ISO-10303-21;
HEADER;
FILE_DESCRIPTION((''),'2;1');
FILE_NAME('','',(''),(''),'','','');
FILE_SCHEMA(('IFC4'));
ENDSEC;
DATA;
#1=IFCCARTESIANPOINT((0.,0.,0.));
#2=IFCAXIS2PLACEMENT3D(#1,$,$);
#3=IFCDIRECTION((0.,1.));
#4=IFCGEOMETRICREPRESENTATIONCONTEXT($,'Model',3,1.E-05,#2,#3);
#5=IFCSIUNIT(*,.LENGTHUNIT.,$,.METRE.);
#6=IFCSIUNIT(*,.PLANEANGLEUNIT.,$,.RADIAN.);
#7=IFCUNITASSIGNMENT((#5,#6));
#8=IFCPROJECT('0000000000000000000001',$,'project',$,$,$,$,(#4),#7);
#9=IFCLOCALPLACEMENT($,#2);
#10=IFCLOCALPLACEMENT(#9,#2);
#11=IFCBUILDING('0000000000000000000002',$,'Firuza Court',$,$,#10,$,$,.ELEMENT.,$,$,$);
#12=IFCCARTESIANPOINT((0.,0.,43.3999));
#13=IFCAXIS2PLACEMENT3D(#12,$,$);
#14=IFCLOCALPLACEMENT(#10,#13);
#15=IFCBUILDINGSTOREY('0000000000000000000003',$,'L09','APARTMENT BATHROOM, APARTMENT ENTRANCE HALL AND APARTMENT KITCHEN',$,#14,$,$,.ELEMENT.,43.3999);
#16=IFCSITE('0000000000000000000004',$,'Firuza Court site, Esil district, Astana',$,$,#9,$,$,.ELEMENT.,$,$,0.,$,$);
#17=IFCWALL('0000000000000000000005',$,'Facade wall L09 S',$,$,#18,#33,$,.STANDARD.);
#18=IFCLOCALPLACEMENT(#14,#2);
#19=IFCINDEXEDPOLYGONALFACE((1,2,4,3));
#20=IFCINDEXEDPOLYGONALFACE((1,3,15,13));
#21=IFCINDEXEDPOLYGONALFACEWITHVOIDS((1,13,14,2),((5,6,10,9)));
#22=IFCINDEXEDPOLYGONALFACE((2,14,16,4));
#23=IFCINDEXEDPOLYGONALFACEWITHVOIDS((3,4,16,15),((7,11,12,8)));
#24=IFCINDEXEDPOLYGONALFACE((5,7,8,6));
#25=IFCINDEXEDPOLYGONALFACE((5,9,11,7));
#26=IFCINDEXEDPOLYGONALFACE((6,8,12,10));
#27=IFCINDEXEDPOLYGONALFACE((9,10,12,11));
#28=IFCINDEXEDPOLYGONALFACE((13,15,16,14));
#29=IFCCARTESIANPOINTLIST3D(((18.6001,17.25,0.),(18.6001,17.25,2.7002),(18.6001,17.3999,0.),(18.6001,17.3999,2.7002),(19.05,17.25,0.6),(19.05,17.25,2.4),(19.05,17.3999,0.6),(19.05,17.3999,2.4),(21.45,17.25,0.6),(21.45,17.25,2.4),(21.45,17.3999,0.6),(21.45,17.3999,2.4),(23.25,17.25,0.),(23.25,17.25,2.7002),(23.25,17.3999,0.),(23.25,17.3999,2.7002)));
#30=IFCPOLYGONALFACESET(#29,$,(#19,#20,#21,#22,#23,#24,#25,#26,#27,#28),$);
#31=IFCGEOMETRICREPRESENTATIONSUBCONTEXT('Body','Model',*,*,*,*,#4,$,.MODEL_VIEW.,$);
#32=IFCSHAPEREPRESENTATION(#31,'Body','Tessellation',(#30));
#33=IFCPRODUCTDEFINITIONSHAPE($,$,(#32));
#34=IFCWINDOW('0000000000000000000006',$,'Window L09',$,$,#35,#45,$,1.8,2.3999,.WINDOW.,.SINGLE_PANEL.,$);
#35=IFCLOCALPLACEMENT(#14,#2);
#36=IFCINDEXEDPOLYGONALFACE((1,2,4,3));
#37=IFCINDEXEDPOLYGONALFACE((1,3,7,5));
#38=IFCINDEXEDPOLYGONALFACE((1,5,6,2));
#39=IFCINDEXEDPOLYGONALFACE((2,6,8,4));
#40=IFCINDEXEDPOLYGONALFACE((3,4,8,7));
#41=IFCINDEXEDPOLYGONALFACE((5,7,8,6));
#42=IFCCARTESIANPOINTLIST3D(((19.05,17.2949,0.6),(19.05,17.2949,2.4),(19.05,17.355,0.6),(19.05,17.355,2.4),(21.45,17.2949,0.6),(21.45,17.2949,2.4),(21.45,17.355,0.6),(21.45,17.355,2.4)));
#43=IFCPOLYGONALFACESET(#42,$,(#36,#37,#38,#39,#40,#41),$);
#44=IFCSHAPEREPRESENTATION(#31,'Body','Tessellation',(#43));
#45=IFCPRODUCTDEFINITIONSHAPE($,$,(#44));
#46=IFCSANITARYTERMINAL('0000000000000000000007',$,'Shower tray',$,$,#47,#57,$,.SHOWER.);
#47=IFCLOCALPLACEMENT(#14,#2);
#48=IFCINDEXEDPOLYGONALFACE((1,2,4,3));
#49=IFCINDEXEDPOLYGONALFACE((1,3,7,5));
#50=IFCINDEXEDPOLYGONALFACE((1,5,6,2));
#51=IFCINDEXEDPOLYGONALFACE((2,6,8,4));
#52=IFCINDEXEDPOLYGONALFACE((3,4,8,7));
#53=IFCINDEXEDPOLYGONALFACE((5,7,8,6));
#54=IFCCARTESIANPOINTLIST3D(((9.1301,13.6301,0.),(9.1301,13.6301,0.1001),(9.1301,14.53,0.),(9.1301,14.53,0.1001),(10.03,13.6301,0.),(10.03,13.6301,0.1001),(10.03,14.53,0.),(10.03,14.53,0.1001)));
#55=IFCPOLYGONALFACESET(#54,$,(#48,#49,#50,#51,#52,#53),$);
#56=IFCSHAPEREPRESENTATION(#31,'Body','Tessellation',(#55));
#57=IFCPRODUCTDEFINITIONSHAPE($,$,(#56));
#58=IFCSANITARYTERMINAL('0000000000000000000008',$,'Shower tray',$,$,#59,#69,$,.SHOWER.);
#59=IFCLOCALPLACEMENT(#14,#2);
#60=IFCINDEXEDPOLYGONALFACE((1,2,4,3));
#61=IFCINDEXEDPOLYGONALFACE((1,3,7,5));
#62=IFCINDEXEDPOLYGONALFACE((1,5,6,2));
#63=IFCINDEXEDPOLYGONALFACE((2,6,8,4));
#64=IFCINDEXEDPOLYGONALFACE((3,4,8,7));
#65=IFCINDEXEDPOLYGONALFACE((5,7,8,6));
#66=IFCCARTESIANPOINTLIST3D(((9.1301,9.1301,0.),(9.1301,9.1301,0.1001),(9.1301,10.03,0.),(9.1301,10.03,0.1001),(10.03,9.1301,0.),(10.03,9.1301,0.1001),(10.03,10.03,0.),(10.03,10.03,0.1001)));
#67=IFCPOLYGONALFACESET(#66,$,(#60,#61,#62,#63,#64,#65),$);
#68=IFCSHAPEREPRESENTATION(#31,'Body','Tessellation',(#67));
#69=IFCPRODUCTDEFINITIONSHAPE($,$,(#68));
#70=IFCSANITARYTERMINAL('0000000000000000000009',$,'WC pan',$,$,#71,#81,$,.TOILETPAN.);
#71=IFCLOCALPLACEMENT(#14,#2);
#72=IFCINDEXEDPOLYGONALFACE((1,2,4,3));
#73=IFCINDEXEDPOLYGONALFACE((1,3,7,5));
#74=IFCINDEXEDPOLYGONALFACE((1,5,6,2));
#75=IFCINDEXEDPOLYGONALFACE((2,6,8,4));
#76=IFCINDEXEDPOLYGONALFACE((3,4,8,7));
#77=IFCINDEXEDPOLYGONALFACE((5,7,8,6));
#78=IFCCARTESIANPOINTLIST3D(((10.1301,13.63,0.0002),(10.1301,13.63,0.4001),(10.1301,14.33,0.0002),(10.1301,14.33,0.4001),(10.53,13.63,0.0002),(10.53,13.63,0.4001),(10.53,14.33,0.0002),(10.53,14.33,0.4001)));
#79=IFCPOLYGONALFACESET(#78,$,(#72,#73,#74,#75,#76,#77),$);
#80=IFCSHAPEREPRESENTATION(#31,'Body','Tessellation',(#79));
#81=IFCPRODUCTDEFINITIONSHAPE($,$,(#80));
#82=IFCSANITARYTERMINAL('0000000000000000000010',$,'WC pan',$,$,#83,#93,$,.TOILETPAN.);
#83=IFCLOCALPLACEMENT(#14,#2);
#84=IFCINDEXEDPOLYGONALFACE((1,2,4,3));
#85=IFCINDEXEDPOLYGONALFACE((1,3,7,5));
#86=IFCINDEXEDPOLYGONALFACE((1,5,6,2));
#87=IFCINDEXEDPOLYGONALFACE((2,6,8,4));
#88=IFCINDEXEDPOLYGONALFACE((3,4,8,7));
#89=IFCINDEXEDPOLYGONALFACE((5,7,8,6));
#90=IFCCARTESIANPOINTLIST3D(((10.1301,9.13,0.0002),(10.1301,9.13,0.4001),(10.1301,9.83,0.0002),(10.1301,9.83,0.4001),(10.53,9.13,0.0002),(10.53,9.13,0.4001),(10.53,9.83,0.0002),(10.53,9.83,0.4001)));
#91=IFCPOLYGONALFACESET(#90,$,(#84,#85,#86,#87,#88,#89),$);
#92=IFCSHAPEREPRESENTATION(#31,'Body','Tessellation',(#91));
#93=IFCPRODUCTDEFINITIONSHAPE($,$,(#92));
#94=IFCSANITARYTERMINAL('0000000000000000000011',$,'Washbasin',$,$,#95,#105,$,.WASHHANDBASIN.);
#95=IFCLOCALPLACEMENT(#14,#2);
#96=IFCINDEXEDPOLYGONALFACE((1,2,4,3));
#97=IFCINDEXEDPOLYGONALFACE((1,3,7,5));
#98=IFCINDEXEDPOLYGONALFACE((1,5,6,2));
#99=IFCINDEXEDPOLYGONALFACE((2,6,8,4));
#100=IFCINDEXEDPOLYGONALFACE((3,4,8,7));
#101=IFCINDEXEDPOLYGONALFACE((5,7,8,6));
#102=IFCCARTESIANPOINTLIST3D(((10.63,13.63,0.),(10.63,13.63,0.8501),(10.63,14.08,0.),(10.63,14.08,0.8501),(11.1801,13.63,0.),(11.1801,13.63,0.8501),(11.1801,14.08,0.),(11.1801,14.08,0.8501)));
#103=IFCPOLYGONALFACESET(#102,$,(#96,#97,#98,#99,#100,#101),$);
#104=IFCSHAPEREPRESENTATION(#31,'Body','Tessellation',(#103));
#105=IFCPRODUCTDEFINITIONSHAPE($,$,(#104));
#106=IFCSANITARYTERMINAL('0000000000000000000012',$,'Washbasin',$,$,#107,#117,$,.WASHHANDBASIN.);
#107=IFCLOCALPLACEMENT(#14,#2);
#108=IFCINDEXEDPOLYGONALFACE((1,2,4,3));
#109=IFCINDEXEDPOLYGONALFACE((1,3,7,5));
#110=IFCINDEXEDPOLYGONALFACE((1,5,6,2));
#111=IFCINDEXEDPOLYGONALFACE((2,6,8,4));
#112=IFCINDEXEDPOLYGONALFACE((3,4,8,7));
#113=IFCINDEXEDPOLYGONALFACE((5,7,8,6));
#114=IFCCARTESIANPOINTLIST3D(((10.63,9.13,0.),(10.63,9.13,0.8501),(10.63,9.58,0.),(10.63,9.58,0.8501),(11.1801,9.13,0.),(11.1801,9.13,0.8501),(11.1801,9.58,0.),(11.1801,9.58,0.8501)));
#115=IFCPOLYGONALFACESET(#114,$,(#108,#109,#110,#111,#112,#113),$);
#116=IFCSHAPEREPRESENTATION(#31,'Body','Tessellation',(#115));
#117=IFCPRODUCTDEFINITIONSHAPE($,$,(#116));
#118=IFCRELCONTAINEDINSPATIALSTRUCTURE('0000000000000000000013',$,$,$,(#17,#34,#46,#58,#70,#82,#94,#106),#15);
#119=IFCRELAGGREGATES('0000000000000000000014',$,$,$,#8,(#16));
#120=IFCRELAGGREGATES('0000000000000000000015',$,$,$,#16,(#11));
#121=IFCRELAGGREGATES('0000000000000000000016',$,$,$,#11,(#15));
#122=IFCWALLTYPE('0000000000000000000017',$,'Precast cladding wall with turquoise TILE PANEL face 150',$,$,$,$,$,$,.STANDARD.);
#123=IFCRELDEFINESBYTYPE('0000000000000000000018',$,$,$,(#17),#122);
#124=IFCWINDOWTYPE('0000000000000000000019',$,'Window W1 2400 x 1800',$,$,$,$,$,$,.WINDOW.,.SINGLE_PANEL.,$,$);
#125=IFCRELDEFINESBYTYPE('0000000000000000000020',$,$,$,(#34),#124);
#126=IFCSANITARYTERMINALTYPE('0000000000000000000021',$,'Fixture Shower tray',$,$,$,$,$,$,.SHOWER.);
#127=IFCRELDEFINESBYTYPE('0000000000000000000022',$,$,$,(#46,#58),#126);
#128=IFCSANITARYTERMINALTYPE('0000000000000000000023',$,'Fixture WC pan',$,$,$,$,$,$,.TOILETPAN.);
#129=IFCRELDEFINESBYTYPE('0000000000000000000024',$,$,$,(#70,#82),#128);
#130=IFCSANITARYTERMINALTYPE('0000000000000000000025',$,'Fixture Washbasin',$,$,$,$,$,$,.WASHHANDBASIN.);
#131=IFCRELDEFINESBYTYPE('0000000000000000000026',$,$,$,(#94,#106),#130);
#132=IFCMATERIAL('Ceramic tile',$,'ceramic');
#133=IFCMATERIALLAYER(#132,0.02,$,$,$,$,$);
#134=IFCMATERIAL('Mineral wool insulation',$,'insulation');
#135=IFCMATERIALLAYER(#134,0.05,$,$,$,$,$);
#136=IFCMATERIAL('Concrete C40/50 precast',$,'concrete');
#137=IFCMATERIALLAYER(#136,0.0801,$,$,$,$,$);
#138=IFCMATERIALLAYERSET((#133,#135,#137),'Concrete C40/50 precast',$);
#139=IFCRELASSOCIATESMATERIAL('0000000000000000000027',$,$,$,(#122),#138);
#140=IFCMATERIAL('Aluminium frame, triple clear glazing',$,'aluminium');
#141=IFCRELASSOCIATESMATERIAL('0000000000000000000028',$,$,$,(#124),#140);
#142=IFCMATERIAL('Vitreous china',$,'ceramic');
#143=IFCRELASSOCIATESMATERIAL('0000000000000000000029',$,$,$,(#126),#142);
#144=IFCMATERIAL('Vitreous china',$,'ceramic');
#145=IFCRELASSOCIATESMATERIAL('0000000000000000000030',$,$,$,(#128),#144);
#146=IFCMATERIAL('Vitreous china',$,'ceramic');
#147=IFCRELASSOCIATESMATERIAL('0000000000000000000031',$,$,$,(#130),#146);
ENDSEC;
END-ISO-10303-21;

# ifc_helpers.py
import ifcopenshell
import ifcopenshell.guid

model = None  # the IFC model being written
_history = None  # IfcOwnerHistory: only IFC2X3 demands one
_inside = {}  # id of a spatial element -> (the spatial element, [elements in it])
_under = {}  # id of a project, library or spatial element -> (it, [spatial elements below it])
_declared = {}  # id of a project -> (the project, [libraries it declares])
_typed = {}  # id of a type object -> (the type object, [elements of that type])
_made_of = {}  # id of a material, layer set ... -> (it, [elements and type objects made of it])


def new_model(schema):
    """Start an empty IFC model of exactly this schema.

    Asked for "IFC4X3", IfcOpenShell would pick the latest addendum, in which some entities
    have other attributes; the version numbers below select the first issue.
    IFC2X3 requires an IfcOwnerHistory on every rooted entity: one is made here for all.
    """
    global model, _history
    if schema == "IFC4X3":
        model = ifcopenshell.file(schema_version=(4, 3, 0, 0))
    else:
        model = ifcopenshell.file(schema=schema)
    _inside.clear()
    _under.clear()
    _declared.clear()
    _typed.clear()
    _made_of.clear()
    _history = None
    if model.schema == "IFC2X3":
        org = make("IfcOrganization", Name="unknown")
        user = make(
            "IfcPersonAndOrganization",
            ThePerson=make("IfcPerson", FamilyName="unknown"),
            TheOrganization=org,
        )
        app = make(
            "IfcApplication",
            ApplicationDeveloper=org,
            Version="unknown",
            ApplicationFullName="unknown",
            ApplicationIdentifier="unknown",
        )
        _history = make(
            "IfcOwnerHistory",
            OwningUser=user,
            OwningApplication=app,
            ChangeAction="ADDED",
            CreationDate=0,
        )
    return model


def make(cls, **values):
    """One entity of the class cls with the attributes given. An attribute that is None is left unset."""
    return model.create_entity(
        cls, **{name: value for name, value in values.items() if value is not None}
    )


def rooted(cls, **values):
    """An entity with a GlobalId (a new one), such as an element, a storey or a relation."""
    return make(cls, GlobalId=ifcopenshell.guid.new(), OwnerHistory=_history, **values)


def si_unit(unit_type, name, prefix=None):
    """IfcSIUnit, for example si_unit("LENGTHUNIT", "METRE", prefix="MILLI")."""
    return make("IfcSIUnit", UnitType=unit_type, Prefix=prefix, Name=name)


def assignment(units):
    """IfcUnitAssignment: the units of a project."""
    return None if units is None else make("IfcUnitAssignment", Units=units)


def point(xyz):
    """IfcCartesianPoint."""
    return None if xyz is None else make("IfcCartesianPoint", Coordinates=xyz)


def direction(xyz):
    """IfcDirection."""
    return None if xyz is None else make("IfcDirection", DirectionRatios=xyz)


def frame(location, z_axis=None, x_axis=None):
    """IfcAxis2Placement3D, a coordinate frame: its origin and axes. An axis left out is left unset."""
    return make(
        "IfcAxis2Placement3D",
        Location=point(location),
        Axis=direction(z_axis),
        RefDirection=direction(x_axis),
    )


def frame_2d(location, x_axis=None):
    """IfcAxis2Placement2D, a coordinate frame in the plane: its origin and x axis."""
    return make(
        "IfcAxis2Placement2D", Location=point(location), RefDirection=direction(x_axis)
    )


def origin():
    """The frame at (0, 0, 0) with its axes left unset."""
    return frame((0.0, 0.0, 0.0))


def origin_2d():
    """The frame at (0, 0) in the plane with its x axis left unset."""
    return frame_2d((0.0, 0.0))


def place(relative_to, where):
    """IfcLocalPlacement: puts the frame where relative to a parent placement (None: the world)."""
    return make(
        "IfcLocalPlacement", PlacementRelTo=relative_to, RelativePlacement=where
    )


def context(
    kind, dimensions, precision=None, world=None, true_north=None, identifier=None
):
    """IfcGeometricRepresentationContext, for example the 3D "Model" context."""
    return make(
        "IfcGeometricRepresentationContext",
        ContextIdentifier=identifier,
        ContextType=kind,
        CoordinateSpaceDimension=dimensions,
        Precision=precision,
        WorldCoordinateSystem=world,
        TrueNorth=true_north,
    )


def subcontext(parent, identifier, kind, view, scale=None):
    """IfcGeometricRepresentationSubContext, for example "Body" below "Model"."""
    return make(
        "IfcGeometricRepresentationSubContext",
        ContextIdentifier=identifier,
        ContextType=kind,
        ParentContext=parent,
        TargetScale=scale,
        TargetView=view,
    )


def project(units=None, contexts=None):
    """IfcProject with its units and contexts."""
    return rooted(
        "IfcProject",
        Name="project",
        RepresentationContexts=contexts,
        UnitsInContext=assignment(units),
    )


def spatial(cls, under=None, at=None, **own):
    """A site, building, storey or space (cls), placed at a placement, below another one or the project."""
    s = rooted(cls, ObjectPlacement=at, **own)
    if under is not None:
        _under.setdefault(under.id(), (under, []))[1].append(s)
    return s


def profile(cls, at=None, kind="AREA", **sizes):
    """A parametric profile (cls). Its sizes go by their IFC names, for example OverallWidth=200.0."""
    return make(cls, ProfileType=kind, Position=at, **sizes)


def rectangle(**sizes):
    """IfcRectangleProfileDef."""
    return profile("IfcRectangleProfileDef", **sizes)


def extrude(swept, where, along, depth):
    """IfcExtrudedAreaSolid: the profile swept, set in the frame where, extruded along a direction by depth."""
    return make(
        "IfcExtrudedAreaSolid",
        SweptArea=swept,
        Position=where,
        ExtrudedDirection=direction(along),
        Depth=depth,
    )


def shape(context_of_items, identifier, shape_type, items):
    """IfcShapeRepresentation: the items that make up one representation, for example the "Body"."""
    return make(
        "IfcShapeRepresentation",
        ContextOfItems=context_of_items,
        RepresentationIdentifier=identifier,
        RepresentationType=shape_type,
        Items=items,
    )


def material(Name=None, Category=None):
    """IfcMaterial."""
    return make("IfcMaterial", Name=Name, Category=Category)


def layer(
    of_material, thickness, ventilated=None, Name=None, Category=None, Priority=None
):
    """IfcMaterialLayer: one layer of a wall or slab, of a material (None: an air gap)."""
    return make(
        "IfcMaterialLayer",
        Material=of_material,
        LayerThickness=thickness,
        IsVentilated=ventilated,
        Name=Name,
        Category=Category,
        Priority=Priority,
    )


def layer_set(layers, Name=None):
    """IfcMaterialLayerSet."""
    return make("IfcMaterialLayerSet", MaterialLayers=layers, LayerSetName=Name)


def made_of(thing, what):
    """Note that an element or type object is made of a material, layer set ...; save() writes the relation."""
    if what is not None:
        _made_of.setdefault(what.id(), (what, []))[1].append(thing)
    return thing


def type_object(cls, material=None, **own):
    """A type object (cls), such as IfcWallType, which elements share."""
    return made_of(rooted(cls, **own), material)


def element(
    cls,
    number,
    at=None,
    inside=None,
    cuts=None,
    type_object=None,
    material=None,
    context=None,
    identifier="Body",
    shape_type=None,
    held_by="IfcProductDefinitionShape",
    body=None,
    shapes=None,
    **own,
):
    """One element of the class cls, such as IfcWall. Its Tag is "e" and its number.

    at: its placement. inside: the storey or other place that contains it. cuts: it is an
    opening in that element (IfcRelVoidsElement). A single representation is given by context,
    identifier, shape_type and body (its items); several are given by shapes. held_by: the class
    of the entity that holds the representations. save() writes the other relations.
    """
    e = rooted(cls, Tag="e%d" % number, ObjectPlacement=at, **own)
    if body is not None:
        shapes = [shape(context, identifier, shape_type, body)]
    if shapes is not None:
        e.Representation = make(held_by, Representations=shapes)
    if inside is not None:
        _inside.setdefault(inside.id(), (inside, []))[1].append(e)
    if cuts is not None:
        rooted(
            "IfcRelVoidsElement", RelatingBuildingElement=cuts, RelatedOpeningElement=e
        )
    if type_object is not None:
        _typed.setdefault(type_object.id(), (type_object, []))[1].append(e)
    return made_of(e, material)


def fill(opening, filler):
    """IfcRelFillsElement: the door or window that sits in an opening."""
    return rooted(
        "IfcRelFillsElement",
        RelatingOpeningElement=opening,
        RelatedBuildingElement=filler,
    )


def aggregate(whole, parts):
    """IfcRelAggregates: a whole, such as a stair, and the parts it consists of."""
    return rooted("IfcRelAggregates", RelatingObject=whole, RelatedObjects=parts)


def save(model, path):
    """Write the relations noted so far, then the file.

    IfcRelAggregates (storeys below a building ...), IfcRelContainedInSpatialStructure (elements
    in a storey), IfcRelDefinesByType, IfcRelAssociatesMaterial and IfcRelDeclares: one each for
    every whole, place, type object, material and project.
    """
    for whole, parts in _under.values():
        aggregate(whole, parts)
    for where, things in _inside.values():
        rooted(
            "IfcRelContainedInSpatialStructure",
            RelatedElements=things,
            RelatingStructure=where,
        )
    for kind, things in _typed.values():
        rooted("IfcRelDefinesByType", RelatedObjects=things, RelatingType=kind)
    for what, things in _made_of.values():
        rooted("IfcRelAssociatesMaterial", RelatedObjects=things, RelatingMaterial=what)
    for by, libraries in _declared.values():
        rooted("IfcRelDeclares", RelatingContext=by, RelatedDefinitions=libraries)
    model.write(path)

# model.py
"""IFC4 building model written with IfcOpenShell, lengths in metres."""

from ifc_helpers import new_model, si_unit, direction, frame, frame_2d, origin, origin_2d, place, context, subcontext, project, spatial, rectangle, extrude, material, layer, layer_set, type_object, element, fill, save


model = new_model("IFC4")

# Units and contexts
model_context = context("Model", 3, precision=1e-05, world=origin(), true_north=direction((0.0, 1.0)))
body_context = subcontext(model_context, "Body", "Model", "MODEL_VIEW")
ifc_project = project(units=[si_unit("LENGTHUNIT", "METRE"), si_unit("PLANEANGLEUNIT", "RADIAN")], contexts=[model_context])

# Site, building, storey
site_placement = place(None, origin())
site = spatial("IfcSite", under=ifc_project, at=site_placement, Name="Firuza Court site, Esil district, Astana", CompositionType="ELEMENT", RefElevation=0.0)
building_placement = place(site_placement, origin())
building = spatial("IfcBuilding", under=site, at=building_placement, Name="Firuza Court", CompositionType="ELEMENT")
storey_placement = place(building_placement, frame((0.0, 0.0, 43.3999)))
storey = spatial("IfcBuildingStorey", under=building, at=storey_placement, Name="L09", Description="APARTMENT BATHROOM, APARTMENT ENTRANCE HALL AND APARTMENT KITCHEN", CompositionType="ELEMENT", Elevation=43.3999)

# Wall, opening, window
ifc_material_1 = material(Name="Ceramic tile", Category="ceramic")
ifc_layer_1 = layer(ifc_material_1, 0.02)
ifc_material_2 = material(Name="Mineral wool insulation", Category="insulation")
ifc_layer_2 = layer(ifc_material_2, 0.05)
ifc_material_3 = material(Name="Concrete C40/50 precast", Category="concrete")
ifc_layer_3 = layer(ifc_material_3, 0.0801)
ifc_layer_set_1 = layer_set([ifc_layer_1, ifc_layer_2, ifc_layer_3], Name="Concrete C40/50 precast")
wall_type_1 = type_object("IfcWallType", Name="Precast cladding wall with turquoise TILE PANEL face 150", PredefinedType="STANDARD", material=ifc_layer_set_1)
wall_1_placement = place(storey_placement, frame((18.6001, 17.325, 0.0), z_axis=(0.0, 0.0, 1.0), x_axis=(1.0, 0.0, 0.0)))
wall_1 = element("IfcWall", 1, at=wall_1_placement, inside=storey, type_object=wall_type_1, Name="Facade wall L09 S", PredefinedType="STANDARD", context=body_context, shape_type="SweptSolid", body=[
    extrude(rectangle(XDim=4.6499, YDim=0.1499, at=frame_2d((2.325, 0.0))), origin(), (0.0, 0.0, 1.0), 2.7002),
])
opening_1_placement = place(wall_1_placement, frame((0.45, 0.0, 0.6001)))
opening_1 = element("IfcOpeningElement", 2, at=opening_1_placement, cuts=wall_1, PredefinedType="OPENING", context=body_context, shape_type="SweptSolid", body=[
    extrude(rectangle(XDim=2.3999, YDim=1.8, at=frame_2d((1.2, 0.8999))), frame((0.0, 0.0869, 0.0), z_axis=(0.0, -1.0, 0.0), x_axis=(1.0, 0.0, 0.0)), (0.0, 0.0, 1.0), 0.1738),
])
ifc_material_4 = material(Name="Aluminium frame, triple clear glazing", Category="aluminium")
window_type = type_object("IfcWindowType", Name="Window W1 2400 x 1800", PartitioningType="SINGLE_PANEL", PredefinedType="WINDOW", material=ifc_material_4)
window_placement = place(opening_1_placement, origin())
window = element("IfcWindow", 3, at=window_placement, inside=storey, type_object=window_type, Name="Window L09", OverallHeight=1.8, OverallWidth=2.3999, PartitioningType="SINGLE_PANEL", PredefinedType="WINDOW", context=body_context, shape_type="SweptSolid", body=[
    extrude(rectangle(XDim=2.3999, YDim=1.8, at=frame_2d((1.2, 0.8999))), frame((0.0, 0.03, 0.0), z_axis=(0.0, -1.0, 0.0), x_axis=(1.0, 0.0, 0.0)), (0.0, 0.0, 1.0), 0.0601),
])
fill(opening_1, window)

# Sanitary terminals
ifc_material_5 = material(Name="Vitreous china", Category="ceramic")
sanitary_terminal_type_1 = type_object("IfcSanitaryTerminalType", Name="Fixture Shower tray", PredefinedType="SHOWER", material=ifc_material_5)
for number, where, z_axis, x_axis, name in (
    (4, (9.5801, 14.0801, 0.0), (0.0, 0.0, 1.0), (1.0, 0.0, 0.0), "Shower tray"),
    (5, (9.5801, 9.5801, 0.0), (0.0, 0.0, 1.0), (1.0, 0.0, 0.0), "Shower tray"),
):
    element("IfcSanitaryTerminal", number, at=place(storey_placement, frame(where, z_axis=z_axis, x_axis=x_axis)), inside=storey, type_object=sanitary_terminal_type_1, Name=name, PredefinedType="SHOWER", context=body_context, shape_type="SweptSolid", body=[
        extrude(rectangle(XDim=0.8999, YDim=0.8999, at=origin_2d()), origin(), (0.0, 0.0, 1.0), 0.1001),
    ])
ifc_material_6 = material(Name="Vitreous china", Category="ceramic")
sanitary_terminal_type_2 = type_object("IfcSanitaryTerminalType", Name="Fixture WC pan", PredefinedType="TOILETPAN", material=ifc_material_6)
for number, where, z_axis, x_axis, name in (
    (6, (10.3301, 13.98, 0.0002), (0.0, 0.0, 1.0), (1.0, 0.0, 0.0), "WC pan"),
    (7, (10.3301, 9.48, 0.0002), (0.0, 0.0, 1.0), (1.0, 0.0, 0.0), "WC pan"),
):
    element("IfcSanitaryTerminal", number, at=place(storey_placement, frame(where, z_axis=z_axis, x_axis=x_axis)), inside=storey, type_object=sanitary_terminal_type_2, Name=name, PredefinedType="TOILETPAN", context=body_context, shape_type="SweptSolid", body=[
        extrude(rectangle(XDim=0.3999, YDim=0.7, at=origin_2d()), origin(), (0.0, 0.0, 1.0), 0.3999),
    ])
ifc_material_7 = material(Name="Vitreous china", Category="ceramic")
sanitary_terminal_type_3 = type_object("IfcSanitaryTerminalType", Name="Fixture Washbasin", PredefinedType="WASHHANDBASIN", material=ifc_material_7)
for number, where, z_axis, x_axis, name in (
    (8, (10.905, 13.855, 0.0), (0.0, 0.0, 1.0), (1.0, 0.0, 0.0), "Washbasin"),
    (9, (10.905, 9.355, 0.0), (0.0, 0.0, 1.0), (1.0, 0.0, 0.0), "Washbasin"),
):
    element("IfcSanitaryTerminal", number, at=place(storey_placement, frame(where, z_axis=z_axis, x_axis=x_axis)), inside=storey, type_object=sanitary_terminal_type_3, Name=name, PredefinedType="WASHHANDBASIN", context=body_context, shape_type="SweptSolid", body=[
        extrude(rectangle(XDim=0.55, YDim=0.45, at=origin_2d()), origin(), (0.0, 0.0, 1.0), 0.8501),
    ])

save(model, "model.ifc")
